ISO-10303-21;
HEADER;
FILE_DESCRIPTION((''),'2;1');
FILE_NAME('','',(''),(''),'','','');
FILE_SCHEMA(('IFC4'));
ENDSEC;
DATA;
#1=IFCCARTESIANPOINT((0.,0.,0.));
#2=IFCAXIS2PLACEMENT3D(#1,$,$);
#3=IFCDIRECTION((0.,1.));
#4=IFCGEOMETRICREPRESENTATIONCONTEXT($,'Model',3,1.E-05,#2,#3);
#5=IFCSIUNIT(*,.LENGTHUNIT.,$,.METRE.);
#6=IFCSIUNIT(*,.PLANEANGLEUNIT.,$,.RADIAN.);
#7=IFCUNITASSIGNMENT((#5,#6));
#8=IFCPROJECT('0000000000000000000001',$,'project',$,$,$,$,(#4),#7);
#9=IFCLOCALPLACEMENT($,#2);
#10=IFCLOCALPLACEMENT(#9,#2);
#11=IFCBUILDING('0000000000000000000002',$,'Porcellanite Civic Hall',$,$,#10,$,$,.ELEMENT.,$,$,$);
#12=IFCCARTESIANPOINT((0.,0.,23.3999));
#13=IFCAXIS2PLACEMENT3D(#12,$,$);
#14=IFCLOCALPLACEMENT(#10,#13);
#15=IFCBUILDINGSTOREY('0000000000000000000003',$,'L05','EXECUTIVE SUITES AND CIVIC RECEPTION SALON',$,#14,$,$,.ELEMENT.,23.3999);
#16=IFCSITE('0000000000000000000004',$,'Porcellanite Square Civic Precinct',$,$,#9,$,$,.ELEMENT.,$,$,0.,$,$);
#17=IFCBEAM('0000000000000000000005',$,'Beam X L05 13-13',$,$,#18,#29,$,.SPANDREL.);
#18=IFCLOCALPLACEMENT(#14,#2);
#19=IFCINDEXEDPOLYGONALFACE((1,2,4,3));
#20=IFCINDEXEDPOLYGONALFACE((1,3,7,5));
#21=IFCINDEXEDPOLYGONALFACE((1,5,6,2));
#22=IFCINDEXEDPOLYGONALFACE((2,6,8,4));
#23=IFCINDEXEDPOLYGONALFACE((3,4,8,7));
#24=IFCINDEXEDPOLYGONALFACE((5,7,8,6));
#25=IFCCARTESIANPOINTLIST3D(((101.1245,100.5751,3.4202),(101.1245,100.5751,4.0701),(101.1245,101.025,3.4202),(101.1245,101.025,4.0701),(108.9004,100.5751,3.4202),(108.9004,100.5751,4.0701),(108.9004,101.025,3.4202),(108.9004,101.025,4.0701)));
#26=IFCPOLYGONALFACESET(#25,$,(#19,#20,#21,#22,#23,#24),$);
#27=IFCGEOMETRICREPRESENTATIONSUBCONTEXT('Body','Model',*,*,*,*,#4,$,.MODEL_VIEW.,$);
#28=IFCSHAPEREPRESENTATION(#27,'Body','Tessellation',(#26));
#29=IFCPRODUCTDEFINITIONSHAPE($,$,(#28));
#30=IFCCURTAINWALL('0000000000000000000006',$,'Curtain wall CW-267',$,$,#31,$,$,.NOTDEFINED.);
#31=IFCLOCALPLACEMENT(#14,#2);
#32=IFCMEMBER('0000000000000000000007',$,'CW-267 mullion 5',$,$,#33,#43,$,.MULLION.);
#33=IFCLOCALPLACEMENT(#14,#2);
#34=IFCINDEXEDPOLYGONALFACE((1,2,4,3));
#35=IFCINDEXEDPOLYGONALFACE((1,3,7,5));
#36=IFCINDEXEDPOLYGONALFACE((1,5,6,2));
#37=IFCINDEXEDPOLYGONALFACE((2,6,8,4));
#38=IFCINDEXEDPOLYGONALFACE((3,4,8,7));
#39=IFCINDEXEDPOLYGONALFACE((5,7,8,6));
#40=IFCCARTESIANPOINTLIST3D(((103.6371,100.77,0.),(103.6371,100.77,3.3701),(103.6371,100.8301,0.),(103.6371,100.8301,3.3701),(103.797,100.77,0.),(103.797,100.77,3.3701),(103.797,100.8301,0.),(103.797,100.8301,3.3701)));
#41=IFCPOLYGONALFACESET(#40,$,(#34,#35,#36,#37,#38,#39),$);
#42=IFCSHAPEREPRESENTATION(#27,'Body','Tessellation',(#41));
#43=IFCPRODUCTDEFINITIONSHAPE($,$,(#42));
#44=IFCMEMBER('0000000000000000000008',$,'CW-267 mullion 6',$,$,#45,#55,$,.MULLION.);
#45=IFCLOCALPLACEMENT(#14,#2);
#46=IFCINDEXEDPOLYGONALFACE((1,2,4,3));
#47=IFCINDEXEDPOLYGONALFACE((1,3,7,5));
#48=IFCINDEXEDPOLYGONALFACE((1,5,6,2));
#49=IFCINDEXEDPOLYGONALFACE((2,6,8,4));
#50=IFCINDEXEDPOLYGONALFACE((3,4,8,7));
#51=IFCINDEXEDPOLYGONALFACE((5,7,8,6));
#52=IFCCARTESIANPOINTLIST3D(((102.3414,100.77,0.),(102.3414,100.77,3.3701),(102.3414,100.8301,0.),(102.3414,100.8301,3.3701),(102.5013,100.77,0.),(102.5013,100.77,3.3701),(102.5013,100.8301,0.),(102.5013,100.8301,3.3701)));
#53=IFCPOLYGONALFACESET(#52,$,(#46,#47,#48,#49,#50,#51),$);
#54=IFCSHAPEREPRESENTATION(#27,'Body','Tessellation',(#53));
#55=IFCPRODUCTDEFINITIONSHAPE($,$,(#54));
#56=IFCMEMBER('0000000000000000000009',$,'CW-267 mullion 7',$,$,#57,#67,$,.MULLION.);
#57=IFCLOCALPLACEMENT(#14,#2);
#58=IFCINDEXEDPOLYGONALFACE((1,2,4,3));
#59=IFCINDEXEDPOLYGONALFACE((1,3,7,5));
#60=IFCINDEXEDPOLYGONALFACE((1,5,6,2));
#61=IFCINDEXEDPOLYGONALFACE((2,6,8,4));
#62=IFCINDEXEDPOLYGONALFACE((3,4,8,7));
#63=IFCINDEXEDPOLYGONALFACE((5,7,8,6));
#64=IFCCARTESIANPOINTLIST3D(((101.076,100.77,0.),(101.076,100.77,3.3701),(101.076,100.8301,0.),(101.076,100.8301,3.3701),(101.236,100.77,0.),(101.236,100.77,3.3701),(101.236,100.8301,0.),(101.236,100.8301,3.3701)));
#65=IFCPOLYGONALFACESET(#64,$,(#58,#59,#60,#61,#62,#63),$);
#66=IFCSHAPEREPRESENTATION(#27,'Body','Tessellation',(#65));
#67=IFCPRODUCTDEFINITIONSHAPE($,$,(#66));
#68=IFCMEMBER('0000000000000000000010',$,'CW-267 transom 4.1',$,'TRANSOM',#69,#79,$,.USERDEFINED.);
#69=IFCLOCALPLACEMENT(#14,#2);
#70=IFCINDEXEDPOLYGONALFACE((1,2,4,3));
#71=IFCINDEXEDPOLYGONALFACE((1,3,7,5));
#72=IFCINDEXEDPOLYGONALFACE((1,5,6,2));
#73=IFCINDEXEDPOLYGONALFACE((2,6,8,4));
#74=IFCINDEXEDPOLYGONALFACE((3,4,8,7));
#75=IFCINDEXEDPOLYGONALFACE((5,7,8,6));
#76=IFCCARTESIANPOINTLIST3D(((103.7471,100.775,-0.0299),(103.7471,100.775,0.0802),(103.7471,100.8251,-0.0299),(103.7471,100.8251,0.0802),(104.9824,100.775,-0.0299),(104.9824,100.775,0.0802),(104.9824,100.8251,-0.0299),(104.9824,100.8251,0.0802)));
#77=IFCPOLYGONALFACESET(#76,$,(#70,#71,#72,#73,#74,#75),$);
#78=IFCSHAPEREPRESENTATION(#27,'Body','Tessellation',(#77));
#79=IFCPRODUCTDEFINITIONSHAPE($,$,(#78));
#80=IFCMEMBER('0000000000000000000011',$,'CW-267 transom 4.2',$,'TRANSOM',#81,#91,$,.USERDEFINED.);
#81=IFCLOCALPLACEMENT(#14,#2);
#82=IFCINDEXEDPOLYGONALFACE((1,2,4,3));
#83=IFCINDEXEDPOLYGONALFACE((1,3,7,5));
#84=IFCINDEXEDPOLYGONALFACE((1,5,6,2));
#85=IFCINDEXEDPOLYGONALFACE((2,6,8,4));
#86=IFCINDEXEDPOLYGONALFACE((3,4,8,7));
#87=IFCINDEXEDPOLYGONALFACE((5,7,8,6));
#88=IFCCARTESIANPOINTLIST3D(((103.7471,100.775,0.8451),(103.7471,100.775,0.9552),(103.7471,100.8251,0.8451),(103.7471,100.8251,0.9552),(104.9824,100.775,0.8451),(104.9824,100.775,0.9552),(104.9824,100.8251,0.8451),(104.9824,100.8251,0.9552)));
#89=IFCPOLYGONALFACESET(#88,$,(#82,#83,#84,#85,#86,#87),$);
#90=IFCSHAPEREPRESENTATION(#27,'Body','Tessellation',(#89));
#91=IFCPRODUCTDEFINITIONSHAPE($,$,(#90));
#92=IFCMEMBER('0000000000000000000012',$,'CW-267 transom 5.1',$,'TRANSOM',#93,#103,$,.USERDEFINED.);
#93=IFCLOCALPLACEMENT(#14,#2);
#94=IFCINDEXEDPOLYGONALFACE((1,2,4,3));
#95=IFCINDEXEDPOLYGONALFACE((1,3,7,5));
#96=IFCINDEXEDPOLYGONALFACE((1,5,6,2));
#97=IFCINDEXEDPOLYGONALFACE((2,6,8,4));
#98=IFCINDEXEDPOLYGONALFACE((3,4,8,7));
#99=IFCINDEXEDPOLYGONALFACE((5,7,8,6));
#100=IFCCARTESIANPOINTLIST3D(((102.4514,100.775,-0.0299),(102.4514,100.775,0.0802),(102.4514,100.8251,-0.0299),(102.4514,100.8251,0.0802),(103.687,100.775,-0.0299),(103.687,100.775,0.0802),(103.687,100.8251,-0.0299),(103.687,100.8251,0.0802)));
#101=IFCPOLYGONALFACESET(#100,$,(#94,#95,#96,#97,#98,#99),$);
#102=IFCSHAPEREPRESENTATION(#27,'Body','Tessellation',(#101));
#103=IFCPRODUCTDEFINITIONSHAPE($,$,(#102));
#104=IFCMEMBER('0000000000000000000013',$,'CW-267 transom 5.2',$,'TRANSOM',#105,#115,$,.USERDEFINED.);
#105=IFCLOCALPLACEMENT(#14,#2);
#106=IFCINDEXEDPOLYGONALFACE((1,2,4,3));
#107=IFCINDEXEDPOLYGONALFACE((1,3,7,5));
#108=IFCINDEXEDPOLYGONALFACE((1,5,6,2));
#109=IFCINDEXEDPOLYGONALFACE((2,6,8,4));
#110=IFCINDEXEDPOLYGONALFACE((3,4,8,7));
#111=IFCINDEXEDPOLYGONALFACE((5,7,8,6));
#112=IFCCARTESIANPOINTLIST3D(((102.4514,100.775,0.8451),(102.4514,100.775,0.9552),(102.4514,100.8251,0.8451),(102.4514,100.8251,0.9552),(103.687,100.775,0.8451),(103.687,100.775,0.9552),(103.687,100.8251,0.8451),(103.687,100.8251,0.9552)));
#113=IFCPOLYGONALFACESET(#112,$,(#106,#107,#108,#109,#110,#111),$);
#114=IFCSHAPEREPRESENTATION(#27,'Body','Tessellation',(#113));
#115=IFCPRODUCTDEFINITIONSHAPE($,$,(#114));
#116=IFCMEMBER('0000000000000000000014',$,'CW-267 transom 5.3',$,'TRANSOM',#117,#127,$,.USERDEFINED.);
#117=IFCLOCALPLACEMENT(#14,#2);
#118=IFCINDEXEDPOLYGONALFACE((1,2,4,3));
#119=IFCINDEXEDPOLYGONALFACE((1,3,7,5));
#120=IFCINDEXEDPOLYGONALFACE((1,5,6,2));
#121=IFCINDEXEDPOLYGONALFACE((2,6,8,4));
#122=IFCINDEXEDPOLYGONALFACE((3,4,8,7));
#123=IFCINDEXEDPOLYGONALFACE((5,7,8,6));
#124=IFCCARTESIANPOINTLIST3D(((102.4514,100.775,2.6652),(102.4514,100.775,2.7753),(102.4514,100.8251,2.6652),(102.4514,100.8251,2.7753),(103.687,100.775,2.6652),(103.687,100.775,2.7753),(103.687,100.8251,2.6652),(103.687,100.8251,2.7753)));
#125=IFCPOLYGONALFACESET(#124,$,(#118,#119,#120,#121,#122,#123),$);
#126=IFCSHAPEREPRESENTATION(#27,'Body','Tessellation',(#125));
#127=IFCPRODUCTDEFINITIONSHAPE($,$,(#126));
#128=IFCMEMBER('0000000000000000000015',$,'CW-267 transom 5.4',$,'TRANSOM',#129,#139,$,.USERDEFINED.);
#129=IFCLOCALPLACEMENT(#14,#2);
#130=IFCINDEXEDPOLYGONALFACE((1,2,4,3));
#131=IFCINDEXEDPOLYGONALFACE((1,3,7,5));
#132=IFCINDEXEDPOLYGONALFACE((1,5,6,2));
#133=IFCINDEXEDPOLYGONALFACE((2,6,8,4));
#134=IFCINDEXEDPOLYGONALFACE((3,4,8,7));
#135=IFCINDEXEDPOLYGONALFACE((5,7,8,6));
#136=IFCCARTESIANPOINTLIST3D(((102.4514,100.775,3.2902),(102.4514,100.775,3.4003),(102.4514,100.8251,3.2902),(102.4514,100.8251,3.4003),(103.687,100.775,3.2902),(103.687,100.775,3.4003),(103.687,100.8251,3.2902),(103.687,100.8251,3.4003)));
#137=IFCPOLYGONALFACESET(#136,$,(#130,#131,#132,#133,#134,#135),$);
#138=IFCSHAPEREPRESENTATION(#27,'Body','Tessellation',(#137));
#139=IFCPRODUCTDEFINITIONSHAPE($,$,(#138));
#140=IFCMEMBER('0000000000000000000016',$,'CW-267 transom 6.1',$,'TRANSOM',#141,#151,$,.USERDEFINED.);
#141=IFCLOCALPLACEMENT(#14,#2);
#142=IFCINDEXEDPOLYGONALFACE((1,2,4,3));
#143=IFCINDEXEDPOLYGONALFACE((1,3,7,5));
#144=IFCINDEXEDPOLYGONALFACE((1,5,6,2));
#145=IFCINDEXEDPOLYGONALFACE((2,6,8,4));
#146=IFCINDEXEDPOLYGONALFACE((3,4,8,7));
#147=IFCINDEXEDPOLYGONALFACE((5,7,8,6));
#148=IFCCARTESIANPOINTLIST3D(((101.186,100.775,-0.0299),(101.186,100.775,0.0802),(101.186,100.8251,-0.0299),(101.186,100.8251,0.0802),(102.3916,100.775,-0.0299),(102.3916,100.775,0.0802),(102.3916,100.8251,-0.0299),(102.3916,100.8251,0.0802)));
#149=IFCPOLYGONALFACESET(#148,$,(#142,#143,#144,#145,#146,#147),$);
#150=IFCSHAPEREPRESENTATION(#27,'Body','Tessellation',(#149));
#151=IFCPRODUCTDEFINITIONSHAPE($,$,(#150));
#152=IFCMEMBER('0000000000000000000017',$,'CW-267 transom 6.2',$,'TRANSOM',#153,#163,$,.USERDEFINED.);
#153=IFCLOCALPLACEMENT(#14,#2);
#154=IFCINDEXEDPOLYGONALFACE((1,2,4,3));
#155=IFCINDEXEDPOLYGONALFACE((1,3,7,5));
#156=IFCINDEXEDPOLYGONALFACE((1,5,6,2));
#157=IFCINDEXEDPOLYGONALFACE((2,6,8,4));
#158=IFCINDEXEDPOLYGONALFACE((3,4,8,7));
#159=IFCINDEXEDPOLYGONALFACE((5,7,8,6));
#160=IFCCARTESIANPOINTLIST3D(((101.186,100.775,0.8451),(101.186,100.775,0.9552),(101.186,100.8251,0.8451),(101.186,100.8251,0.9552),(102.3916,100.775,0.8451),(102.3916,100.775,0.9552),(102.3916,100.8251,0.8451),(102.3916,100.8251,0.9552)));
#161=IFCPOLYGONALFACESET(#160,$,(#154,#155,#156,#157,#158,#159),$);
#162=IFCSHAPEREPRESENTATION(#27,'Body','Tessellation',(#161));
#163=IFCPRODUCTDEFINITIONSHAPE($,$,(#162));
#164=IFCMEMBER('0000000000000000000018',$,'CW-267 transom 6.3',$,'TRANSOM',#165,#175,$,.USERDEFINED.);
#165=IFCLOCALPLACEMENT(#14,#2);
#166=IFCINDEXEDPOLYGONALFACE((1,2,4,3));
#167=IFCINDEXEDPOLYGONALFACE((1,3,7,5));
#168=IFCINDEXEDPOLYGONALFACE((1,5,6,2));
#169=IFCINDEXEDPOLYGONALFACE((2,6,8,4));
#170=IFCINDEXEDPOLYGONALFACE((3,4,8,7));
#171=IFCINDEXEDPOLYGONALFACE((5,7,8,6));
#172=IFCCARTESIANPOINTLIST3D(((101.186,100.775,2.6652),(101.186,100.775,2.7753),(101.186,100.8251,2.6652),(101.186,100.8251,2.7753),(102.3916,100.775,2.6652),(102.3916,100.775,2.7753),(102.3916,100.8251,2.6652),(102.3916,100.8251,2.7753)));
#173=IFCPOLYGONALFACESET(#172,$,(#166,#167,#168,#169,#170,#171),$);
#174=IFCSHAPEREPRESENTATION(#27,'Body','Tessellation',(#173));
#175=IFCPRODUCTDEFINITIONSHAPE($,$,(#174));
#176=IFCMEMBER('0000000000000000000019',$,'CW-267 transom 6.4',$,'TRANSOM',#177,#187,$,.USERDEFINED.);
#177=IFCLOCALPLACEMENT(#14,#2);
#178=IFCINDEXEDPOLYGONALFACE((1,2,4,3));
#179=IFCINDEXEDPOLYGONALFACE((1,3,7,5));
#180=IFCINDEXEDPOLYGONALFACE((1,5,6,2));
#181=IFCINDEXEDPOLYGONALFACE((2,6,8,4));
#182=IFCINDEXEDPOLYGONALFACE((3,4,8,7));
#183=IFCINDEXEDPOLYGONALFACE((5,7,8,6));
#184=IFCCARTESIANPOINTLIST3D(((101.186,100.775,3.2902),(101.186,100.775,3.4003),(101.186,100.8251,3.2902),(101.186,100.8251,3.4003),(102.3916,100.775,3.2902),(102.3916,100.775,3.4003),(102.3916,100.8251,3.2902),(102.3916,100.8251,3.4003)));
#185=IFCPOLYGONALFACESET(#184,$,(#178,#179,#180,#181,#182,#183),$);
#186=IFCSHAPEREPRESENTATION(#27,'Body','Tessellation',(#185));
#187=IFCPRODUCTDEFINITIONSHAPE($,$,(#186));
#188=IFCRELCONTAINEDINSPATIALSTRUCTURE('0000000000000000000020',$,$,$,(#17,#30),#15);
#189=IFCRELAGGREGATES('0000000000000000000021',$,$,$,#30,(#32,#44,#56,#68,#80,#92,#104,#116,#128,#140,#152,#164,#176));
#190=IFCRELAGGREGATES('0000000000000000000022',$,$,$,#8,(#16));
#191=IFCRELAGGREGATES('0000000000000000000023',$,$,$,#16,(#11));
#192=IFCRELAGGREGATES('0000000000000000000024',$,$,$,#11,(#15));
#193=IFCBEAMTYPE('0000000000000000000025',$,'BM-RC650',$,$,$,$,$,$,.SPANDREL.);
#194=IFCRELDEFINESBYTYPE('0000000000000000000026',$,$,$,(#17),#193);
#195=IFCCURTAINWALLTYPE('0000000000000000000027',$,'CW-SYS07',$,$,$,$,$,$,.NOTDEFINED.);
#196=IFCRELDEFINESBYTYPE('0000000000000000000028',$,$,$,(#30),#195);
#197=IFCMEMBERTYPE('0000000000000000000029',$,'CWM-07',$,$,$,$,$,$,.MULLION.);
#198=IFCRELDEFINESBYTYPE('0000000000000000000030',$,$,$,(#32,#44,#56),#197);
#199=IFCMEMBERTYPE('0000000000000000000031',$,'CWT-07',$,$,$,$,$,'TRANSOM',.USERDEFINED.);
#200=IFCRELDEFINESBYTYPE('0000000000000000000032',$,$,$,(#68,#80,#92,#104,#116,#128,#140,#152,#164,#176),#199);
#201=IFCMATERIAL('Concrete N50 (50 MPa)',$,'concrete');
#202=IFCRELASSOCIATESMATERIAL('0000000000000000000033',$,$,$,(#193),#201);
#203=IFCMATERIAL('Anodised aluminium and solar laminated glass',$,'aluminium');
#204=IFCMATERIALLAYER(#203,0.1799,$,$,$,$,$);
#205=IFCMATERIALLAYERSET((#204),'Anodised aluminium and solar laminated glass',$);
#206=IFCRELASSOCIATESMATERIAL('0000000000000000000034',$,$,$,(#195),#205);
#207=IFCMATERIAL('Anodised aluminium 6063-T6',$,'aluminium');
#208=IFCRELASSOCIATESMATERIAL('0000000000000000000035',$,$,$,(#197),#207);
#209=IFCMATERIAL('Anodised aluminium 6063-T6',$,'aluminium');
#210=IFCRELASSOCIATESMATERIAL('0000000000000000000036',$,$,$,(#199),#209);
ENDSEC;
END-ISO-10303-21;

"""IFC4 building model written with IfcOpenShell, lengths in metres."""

from ifc_helpers import new_model, si_unit, direction, frame, origin, origin_2d, place, context, subcontext, project, spatial, rectangle, extrude, material, layer, layer_set, material_profile, profile_set, type_object, element, aggregate, save


model = new_model("IFC4")

# Units and contexts
model_context = context("Model", 3, precision=1e-05, world=origin(), true_north=direction((0.0, 1.0)))
body_context = subcontext(model_context, "Body", "Model", "MODEL_VIEW")
ifc_project = project(units=[si_unit("LENGTHUNIT", "METRE"), si_unit("PLANEANGLEUNIT", "RADIAN")], contexts=[model_context])

# Site, building, storey
site_placement = place(None, origin())
site = spatial("IfcSite", under=ifc_project, at=site_placement, Name="Porcellanite Square Civic Precinct", CompositionType="ELEMENT", RefElevation=0.0)
building_placement = place(site_placement, origin())
building = spatial("IfcBuilding", under=site, at=building_placement, Name="Porcellanite Civic Hall", CompositionType="ELEMENT")
storey_placement = place(building_placement, frame((0.0, 0.0, 23.3999)))
storey = spatial("IfcBuildingStorey", under=building, at=storey_placement, Name="L05", Description="EXECUTIVE SUITES AND CIVIC RECEPTION SALON", CompositionType="ELEMENT", Elevation=23.3999)

# Beam
ifc_material_1 = material(Name="Concrete N50 (50 MPa)", Category="concrete")
ifc_material_profile_1 = material_profile(ifc_material_1, rectangle(XDim=0.45, YDim=0.6499, at=origin_2d()), Name="RC-450x650")
ifc_profile_set_1 = profile_set([ifc_material_profile_1], Name="Concrete N50 (50 MPa)")
beam_type = type_object("IfcBeamType", Name="BM-RC650", PredefinedType="SPANDREL", material=ifc_profile_set_1)
beam_placement = place(storey_placement, frame((101.1245, 100.8, 3.7451), z_axis=(1.0, 0.0, 0.0), x_axis=(0.0, 1.0, 0.0)))
element("IfcBeam", 1, at=beam_placement, inside=storey, type_object=beam_type, Name="Beam X L05 13-13", PredefinedType="SPANDREL", context=body_context, shape_type="SweptSolid", body=[
    extrude(rectangle(XDim=0.45, YDim=0.6499, at=origin_2d()), origin(), (0.0, 0.0, 1.0), 7.7759),
])

# Curtain wall, members
ifc_material_2 = material(Name="Anodised aluminium and solar laminated glass", Category="aluminium")
ifc_layer_1 = layer(ifc_material_2, 0.1799)
ifc_layer_set_1 = layer_set([ifc_layer_1], Name="Anodised aluminium and solar laminated glass")
curtain_wall_type = type_object("IfcCurtainWallType", Name="CW-SYS07", PredefinedType="NOTDEFINED", material=ifc_layer_set_1)
curtain_wall_placement = place(storey_placement, origin())
curtain_wall = element("IfcCurtainWall", 2, at=curtain_wall_placement, inside=storey, type_object=curtain_wall_type, Name="Curtain wall CW-267", PredefinedType="NOTDEFINED")
ifc_material_3 = material(Name="Anodised aluminium 6063-T6", Category="aluminium")
ifc_material_profile_2 = material_profile(ifc_material_3, rectangle(XDim=0.0601, YDim=0.1599, at=origin_2d()), Name="AL-60x160")
ifc_profile_set_2 = profile_set([ifc_material_profile_2], Name="Anodised aluminium 6063-T6")
member_type_1 = type_object("IfcMemberType", Name="CWM-07", PredefinedType="MULLION", material=ifc_profile_set_2)
member_1_placement = place(storey_placement, frame((103.717, 100.8, 0.0), z_axis=(0.0, 0.0, 1.0), x_axis=(0.0, -1.0, 0.0)))
member_1 = element("IfcMember", 3, at=member_1_placement, type_object=member_type_1, Name="CW-267 mullion 5", PredefinedType="MULLION", context=body_context, shape_type="SweptSolid", body=[
    extrude(rectangle(XDim=0.0601, YDim=0.1599, at=origin_2d()), origin(), (0.0, 0.0, 1.0), 3.3701),
])
member_2_placement = place(storey_placement, frame((102.4214, 100.8, 0.0), z_axis=(0.0, 0.0, 1.0), x_axis=(0.0, -1.0, 0.0)))
member_2 = element("IfcMember", 4, at=member_2_placement, type_object=member_type_1, Name="CW-267 mullion 6", PredefinedType="MULLION", context=body_context, shape_type="SweptSolid", body=[
    extrude(rectangle(XDim=0.0601, YDim=0.1599, at=origin_2d()), origin(), (0.0, 0.0, 1.0), 3.3701),
])
member_3_placement = place(storey_placement, frame((101.156, 100.8, 0.0), z_axis=(0.0, 0.0, 1.0), x_axis=(0.0, -1.0, 0.0)))
member_3 = element("IfcMember", 5, at=member_3_placement, type_object=member_type_1, Name="CW-267 mullion 7", PredefinedType="MULLION", context=body_context, shape_type="SweptSolid", body=[
    extrude(rectangle(XDim=0.0601, YDim=0.1599, at=origin_2d()), origin(), (0.0, 0.0, 1.0), 3.3701),
])
ifc_material_4 = material(Name="Anodised aluminium 6063-T6", Category="aluminium")
ifc_material_profile_3 = material_profile(ifc_material_4, rectangle(XDim=0.05, YDim=0.1101, at=origin_2d()), Name="AL-50x110")
ifc_profile_set_3 = profile_set([ifc_material_profile_3], Name="Anodised aluminium 6063-T6")
member_type_2 = type_object("IfcMemberType", Name="CWT-07", ElementType="TRANSOM", PredefinedType="USERDEFINED", material=ifc_profile_set_3)
member_4_placement = place(storey_placement, frame((104.9824, 100.8, 0.0251), z_axis=(-1.0, 0.0, 0.0), x_axis=(0.0, -1.0, 0.0)))
member_4 = element("IfcMember", 6, at=member_4_placement, type_object=member_type_2, Name="CW-267 transom 4.1", ObjectType="TRANSOM", PredefinedType="USERDEFINED", context=body_context, shape_type="SweptSolid", body=[
    extrude(rectangle(XDim=0.05, YDim=0.1101, at=origin_2d()), origin(), (0.0, 0.0, 1.0), 1.2354),
])
member_5_placement = place(storey_placement, frame((104.9824, 100.8, 0.9001), z_axis=(-1.0, 0.0, 0.0), x_axis=(0.0, -1.0, 0.0)))
member_5 = element("IfcMember", 7, at=member_5_placement, type_object=member_type_2, Name="CW-267 transom 4.2", ObjectType="TRANSOM", PredefinedType="USERDEFINED", context=body_context, shape_type="SweptSolid", body=[
    extrude(rectangle(XDim=0.05, YDim=0.1101, at=origin_2d()), origin(), (0.0, 0.0, 1.0), 1.2354),
])
member_6_placement = place(storey_placement, frame((103.687, 100.8, 0.0251), z_axis=(-1.0, 0.0, 0.0), x_axis=(0.0, -1.0, 0.0)))
member_6 = element("IfcMember", 8, at=member_6_placement, type_object=member_type_2, Name="CW-267 transom 5.1", ObjectType="TRANSOM", PredefinedType="USERDEFINED", context=body_context, shape_type="SweptSolid", body=[
    extrude(rectangle(XDim=0.05, YDim=0.1101, at=origin_2d()), origin(), (0.0, 0.0, 1.0), 1.2356),
])
member_7_placement = place(storey_placement, frame((103.687, 100.8, 0.9001), z_axis=(-1.0, 0.0, 0.0), x_axis=(0.0, -1.0, 0.0)))
member_7 = element("IfcMember", 9, at=member_7_placement, type_object=member_type_2, Name="CW-267 transom 5.2", ObjectType="TRANSOM", PredefinedType="USERDEFINED", context=body_context, shape_type="SweptSolid", body=[
    extrude(rectangle(XDim=0.05, YDim=0.1101, at=origin_2d()), origin(), (0.0, 0.0, 1.0), 1.2356),
])
member_8_placement = place(storey_placement, frame((103.687, 100.8, 2.7202), z_axis=(-1.0, 0.0, 0.0), x_axis=(0.0, -1.0, 0.0)))
member_8 = element("IfcMember", 10, at=member_8_placement, type_object=member_type_2, Name="CW-267 transom 5.3", ObjectType="TRANSOM", PredefinedType="USERDEFINED", context=body_context, shape_type="SweptSolid", body=[
    extrude(rectangle(XDim=0.05, YDim=0.1101, at=origin_2d()), origin(), (0.0, 0.0, 1.0), 1.2356),
])
member_9_placement = place(storey_placement, frame((103.687, 100.8, 3.3452), z_axis=(-1.0, 0.0, 0.0), x_axis=(0.0, -1.0, 0.0)))
member_9 = element("IfcMember", 11, at=member_9_placement, type_object=member_type_2, Name="CW-267 transom 5.4", ObjectType="TRANSOM", PredefinedType="USERDEFINED", context=body_context, shape_type="SweptSolid", body=[
    extrude(rectangle(XDim=0.05, YDim=0.1101, at=origin_2d()), origin(), (0.0, 0.0, 1.0), 1.2356),
])
member_10_placement = place(storey_placement, frame((102.3916, 100.8, 0.0251), z_axis=(-1.0, 0.0, 0.0), x_axis=(0.0, -1.0, 0.0)))
member_10 = element("IfcMember", 12, at=member_10_placement, type_object=member_type_2, Name="CW-267 transom 6.1", ObjectType="TRANSOM", PredefinedType="USERDEFINED", context=body_context, shape_type="SweptSolid", body=[
    extrude(rectangle(XDim=0.05, YDim=0.1101, at=origin_2d()), origin(), (0.0, 0.0, 1.0), 1.2056),
])
member_11_placement = place(storey_placement, frame((102.3916, 100.8, 0.9001), z_axis=(-1.0, 0.0, 0.0), x_axis=(0.0, -1.0, 0.0)))
member_11 = element("IfcMember", 13, at=member_11_placement, type_object=member_type_2, Name="CW-267 transom 6.2", ObjectType="TRANSOM", PredefinedType="USERDEFINED", context=body_context, shape_type="SweptSolid", body=[
    extrude(rectangle(XDim=0.05, YDim=0.1101, at=origin_2d()), origin(), (0.0, 0.0, 1.0), 1.2056),
])
member_12_placement = place(storey_placement, frame((102.3916, 100.8, 2.7202), z_axis=(-1.0, 0.0, 0.0), x_axis=(0.0, -1.0, 0.0)))
member_12 = element("IfcMember", 14, at=member_12_placement, type_object=member_type_2, Name="CW-267 transom 6.3", ObjectType="TRANSOM", PredefinedType="USERDEFINED", context=body_context, shape_type="SweptSolid", body=[
    extrude(rectangle(XDim=0.05, YDim=0.1101, at=origin_2d()), origin(), (0.0, 0.0, 1.0), 1.2056),
])
member_13_placement = place(storey_placement, frame((102.3916, 100.8, 3.3452), z_axis=(-1.0, 0.0, 0.0), x_axis=(0.0, -1.0, 0.0)))
member_13 = element("IfcMember", 15, at=member_13_placement, type_object=member_type_2, Name="CW-267 transom 6.4", ObjectType="TRANSOM", PredefinedType="USERDEFINED", context=body_context, shape_type="SweptSolid", body=[
    extrude(rectangle(XDim=0.05, YDim=0.1101, at=origin_2d()), origin(), (0.0, 0.0, 1.0), 1.2056),
])
aggregate(curtain_wall, [member_1, member_2, member_3, member_4, member_5, member_6, member_7, member_8, member_9, member_10, member_11, member_12, member_13])

save(model, "model.ifc")
